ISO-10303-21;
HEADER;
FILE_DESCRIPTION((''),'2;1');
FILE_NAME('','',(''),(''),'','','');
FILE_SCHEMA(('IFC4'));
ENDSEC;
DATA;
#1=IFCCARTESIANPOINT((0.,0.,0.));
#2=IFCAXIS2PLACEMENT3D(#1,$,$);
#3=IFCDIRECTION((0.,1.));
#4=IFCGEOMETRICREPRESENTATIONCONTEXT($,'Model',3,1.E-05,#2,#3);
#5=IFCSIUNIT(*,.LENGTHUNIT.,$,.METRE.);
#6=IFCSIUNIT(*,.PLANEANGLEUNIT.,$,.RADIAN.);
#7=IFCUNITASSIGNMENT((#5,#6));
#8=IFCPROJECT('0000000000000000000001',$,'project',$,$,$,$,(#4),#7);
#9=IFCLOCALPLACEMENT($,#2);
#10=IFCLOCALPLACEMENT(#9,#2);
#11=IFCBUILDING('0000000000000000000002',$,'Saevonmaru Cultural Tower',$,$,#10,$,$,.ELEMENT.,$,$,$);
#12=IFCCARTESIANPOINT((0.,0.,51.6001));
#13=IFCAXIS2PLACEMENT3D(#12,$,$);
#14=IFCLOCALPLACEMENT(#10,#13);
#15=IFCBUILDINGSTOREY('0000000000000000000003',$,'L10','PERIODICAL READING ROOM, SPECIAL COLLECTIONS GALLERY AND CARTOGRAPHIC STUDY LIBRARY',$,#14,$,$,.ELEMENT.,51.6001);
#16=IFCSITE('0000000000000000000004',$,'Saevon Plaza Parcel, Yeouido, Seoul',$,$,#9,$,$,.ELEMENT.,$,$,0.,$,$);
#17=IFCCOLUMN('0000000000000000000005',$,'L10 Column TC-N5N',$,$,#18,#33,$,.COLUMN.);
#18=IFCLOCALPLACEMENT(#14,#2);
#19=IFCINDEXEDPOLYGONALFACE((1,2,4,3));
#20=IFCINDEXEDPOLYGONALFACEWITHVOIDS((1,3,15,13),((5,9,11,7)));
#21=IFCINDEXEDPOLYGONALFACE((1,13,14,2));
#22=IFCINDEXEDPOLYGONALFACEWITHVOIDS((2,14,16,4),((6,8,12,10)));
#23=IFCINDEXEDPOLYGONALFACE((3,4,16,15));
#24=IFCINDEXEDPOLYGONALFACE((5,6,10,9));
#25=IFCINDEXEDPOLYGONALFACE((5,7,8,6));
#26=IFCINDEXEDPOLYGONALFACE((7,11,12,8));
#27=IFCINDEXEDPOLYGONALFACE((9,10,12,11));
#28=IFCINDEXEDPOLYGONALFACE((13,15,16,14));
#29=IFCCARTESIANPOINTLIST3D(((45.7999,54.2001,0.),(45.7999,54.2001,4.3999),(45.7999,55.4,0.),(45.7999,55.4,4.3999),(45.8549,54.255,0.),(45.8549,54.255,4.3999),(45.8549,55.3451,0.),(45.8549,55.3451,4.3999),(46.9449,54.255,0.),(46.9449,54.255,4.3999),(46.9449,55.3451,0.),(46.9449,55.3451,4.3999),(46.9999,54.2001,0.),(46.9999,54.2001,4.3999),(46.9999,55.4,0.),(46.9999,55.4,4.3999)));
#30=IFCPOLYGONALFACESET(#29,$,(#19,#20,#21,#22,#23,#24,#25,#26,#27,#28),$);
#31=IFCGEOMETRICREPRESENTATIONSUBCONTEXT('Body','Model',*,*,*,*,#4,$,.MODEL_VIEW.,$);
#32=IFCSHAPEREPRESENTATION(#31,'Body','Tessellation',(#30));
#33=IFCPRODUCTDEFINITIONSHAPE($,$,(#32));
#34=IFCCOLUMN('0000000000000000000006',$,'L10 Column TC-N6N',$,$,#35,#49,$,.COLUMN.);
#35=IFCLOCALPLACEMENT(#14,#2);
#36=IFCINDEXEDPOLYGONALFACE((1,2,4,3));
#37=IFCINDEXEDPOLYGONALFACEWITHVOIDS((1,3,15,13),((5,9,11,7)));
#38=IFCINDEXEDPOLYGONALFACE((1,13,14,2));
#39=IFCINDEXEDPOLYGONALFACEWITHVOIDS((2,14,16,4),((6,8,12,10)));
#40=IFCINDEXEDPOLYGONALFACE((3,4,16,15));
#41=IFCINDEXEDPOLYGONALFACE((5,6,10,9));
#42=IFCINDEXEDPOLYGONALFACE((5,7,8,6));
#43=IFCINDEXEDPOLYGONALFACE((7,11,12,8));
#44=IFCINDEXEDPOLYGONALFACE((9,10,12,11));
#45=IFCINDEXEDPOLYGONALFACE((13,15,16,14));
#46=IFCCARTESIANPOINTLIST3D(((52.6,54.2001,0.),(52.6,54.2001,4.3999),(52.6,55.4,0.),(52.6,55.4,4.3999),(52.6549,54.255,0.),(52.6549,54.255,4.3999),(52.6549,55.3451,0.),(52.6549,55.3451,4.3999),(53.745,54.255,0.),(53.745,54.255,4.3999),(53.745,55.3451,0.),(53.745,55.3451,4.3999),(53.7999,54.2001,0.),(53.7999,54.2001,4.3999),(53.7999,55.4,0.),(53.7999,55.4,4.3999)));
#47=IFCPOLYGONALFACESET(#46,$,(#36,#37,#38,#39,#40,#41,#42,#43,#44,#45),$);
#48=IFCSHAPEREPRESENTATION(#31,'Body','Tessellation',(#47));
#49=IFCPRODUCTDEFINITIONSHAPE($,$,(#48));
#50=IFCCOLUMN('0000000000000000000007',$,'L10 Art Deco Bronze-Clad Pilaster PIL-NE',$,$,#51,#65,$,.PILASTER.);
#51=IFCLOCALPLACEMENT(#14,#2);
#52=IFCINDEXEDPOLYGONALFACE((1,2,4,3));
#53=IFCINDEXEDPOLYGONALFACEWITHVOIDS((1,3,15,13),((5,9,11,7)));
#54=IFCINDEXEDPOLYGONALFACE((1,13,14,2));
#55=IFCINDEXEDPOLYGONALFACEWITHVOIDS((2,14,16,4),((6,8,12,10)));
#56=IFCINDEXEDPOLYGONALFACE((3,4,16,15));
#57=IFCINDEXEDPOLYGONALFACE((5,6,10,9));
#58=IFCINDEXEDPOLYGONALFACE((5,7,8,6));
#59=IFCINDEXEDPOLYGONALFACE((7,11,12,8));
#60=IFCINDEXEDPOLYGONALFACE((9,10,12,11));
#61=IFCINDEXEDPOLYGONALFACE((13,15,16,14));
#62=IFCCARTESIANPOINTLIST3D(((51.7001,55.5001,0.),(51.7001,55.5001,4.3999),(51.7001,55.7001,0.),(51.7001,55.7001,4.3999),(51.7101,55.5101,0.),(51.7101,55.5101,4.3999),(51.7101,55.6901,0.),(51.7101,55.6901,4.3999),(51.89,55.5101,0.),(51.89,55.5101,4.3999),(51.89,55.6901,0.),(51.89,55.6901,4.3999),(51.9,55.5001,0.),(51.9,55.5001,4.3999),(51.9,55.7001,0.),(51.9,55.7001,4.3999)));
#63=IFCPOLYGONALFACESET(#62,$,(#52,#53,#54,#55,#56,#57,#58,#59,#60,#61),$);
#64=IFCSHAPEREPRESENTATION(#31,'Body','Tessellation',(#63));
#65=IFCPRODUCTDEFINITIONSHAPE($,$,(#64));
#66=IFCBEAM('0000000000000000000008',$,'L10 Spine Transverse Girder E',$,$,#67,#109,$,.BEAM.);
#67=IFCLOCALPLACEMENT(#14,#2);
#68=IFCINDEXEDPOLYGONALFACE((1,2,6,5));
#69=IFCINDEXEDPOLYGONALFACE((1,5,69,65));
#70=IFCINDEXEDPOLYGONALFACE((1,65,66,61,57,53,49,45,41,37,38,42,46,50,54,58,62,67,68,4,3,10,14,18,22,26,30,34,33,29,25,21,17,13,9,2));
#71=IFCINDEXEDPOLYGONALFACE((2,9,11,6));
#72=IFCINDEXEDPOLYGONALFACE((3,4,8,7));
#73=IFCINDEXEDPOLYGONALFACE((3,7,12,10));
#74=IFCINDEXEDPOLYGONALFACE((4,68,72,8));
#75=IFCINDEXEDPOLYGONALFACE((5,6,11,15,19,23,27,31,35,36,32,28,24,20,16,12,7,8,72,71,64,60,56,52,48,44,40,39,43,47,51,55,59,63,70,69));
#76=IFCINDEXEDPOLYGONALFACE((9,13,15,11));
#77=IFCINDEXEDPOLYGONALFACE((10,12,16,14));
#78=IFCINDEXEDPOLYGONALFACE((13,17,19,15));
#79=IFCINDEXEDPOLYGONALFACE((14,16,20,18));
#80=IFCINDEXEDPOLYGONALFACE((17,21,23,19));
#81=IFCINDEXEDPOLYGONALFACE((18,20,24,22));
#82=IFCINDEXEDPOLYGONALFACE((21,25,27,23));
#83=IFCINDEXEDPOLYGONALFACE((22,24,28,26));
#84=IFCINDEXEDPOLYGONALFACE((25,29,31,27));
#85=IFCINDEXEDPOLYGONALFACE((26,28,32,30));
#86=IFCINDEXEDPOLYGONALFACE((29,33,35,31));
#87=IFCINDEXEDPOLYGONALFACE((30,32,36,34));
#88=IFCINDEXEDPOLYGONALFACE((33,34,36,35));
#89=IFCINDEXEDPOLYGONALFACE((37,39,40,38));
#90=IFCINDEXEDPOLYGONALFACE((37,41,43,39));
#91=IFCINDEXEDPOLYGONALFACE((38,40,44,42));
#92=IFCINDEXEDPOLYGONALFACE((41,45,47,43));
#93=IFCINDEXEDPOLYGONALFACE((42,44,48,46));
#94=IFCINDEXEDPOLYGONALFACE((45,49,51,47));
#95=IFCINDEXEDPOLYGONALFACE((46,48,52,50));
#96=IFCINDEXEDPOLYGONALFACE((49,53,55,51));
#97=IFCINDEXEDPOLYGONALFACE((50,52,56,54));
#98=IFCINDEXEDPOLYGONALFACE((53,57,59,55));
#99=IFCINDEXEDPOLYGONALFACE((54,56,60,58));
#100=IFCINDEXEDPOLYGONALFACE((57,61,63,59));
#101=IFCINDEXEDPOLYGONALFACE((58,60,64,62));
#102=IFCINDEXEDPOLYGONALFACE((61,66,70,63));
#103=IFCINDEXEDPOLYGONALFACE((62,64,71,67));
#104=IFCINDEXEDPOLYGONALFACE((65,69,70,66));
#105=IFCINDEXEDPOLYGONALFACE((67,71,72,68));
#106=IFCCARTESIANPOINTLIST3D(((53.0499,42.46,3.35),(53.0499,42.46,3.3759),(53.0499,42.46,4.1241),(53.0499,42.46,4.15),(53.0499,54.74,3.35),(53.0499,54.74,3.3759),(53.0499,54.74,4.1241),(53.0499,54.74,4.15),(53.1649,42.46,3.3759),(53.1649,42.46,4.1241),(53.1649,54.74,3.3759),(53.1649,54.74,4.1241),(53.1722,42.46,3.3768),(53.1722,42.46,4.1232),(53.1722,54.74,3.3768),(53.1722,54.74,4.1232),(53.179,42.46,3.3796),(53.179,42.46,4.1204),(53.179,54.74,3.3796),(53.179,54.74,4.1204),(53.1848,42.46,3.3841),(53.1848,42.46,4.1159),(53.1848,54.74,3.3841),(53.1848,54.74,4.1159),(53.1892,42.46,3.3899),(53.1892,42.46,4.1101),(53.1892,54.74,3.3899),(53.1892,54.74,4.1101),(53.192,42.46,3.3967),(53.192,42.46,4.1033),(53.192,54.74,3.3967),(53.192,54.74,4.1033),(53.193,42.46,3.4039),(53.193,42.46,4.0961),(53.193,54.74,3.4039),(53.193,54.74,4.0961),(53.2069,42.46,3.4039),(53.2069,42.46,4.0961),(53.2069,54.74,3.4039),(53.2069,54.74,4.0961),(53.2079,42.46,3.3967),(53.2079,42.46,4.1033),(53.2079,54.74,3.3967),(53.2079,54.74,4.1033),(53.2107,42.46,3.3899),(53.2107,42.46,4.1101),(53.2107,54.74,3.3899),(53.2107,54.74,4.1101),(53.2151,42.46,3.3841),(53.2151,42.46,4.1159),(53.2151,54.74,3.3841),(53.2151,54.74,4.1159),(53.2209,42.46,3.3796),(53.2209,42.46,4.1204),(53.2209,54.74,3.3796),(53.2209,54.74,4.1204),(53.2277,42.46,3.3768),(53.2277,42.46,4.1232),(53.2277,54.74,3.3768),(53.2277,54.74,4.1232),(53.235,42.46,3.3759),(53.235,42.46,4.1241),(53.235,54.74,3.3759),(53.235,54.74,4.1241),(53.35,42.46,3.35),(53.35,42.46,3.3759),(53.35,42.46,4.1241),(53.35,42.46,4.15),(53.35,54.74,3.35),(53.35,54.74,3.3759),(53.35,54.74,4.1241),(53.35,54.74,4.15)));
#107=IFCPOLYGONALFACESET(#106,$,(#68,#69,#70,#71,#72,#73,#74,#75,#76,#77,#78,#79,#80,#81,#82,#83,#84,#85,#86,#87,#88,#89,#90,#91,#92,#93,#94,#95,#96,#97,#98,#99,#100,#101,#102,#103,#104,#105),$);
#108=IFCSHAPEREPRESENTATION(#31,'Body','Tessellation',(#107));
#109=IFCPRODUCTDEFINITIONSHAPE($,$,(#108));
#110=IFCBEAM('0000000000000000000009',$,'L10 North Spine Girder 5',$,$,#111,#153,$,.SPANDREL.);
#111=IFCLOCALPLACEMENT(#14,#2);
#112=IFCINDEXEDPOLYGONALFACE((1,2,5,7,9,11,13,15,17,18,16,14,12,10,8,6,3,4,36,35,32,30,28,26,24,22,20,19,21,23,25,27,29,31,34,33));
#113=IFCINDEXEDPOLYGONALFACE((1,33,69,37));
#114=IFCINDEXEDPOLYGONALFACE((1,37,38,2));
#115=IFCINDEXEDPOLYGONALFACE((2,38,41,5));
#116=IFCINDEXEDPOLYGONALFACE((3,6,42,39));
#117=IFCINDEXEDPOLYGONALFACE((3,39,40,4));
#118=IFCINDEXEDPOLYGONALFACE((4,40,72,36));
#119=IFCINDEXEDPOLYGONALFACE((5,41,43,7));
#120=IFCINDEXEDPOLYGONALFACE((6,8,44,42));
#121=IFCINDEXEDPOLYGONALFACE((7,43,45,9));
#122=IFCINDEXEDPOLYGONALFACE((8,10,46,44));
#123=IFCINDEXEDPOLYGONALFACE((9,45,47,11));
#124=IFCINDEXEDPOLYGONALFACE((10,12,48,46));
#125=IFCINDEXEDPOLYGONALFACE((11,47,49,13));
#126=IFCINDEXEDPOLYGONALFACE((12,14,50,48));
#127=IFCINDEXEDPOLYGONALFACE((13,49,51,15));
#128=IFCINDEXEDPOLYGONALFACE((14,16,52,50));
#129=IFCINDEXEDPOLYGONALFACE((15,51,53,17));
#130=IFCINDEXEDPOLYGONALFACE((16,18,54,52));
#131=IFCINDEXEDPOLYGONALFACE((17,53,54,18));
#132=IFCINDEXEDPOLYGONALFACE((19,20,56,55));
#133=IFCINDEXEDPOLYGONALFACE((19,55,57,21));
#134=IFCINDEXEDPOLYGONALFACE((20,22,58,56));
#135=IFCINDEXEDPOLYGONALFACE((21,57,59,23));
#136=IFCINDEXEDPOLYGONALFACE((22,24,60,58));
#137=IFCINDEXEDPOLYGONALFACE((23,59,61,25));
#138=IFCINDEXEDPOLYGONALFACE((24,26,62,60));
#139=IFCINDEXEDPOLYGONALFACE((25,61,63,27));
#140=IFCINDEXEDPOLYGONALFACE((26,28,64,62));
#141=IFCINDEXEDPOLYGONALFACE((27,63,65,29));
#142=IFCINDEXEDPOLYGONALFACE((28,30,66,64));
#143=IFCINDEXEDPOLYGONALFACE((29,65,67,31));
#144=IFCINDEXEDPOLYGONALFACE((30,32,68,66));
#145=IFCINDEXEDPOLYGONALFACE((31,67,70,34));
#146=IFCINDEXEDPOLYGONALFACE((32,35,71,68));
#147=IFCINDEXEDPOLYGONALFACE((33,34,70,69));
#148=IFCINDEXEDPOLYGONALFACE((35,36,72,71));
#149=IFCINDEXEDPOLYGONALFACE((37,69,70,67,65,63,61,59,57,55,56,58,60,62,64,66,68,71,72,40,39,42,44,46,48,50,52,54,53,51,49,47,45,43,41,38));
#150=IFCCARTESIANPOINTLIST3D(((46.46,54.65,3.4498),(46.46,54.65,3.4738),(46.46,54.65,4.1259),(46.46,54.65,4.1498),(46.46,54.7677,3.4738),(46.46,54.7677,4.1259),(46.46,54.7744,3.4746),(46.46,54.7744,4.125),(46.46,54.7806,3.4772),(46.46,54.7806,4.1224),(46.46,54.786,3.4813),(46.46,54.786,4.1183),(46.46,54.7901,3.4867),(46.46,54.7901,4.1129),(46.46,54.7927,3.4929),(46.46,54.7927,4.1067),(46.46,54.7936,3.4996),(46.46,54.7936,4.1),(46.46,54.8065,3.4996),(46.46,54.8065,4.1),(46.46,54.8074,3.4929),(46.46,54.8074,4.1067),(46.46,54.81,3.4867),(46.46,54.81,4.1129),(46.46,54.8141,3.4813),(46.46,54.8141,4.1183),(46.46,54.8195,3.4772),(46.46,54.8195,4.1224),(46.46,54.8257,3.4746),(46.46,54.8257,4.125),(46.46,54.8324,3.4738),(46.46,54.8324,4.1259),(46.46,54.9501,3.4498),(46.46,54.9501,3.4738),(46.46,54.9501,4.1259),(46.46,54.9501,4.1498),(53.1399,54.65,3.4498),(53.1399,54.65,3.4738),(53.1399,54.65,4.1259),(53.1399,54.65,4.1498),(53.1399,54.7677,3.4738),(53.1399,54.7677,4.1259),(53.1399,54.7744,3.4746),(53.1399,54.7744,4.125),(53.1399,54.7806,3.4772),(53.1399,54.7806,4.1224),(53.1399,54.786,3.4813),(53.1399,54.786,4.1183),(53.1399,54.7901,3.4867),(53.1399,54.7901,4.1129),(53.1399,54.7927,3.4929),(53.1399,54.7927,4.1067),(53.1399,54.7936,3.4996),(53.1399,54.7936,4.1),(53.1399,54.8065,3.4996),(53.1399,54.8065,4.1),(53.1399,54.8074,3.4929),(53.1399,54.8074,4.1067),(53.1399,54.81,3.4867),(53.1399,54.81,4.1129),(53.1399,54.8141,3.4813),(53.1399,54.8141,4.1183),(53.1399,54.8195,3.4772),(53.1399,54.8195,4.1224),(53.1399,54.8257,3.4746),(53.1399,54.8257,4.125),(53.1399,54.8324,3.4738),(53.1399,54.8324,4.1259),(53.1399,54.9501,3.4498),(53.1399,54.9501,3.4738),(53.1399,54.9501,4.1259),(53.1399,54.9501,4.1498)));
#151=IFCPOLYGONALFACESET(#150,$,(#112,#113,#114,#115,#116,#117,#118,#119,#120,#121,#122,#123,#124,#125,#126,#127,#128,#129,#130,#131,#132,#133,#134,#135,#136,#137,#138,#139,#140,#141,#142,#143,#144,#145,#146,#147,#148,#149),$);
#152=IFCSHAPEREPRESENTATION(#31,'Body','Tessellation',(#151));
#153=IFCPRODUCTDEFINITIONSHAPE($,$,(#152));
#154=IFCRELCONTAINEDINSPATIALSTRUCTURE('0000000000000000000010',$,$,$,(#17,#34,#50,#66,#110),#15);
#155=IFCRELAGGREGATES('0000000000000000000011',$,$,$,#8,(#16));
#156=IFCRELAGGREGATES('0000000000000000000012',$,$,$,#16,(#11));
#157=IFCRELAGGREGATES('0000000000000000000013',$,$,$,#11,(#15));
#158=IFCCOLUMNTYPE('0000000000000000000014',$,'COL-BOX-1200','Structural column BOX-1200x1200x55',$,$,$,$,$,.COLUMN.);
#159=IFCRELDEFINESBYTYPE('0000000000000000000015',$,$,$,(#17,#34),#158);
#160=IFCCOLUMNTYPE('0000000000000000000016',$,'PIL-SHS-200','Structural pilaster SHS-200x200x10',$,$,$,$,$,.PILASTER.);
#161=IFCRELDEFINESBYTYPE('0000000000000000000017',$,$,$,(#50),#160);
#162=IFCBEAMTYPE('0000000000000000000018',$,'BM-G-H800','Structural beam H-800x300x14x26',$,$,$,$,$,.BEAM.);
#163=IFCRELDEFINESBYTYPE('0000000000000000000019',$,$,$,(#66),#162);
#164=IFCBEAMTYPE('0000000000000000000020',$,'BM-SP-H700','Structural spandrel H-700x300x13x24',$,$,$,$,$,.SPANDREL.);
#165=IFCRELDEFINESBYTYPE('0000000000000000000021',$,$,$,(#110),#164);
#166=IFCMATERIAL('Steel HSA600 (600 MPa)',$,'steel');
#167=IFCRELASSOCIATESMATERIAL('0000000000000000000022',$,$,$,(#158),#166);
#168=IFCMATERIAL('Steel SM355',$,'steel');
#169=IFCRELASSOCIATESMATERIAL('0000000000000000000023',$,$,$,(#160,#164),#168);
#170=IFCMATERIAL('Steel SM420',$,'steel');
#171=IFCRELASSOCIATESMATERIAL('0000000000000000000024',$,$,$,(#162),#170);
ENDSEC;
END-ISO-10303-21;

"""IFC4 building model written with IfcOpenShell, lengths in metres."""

from ifc_helpers import new_model, si_unit, direction, frame, origin, origin_2d, place, context, subcontext, project, spatial, hollow_rectangle, i_section, extrude, material, material_profile, profile_set, type_object, element, save


model = new_model("IFC4")

# Units and contexts
model_context = context("Model", 3, precision=1e-05, world=origin(), true_north=direction((0.0, 1.0)))
body_context = subcontext(model_context, "Body", "Model", "MODEL_VIEW")
ifc_project = project(units=[si_unit("LENGTHUNIT", "METRE"), si_unit("PLANEANGLEUNIT", "RADIAN")], contexts=[model_context])

# Site, building, storey
site_placement = place(None, origin())
site = spatial("IfcSite", under=ifc_project, at=site_placement, Name="Saevon Plaza Parcel, Yeouido, Seoul", CompositionType="ELEMENT", RefElevation=0.0)
building_placement = place(site_placement, origin())
building = spatial("IfcBuilding", under=site, at=building_placement, Name="Saevonmaru Cultural Tower", CompositionType="ELEMENT")
storey_placement = place(building_placement, frame((0.0, 0.0, 51.6001)))
storey = spatial("IfcBuildingStorey", under=building, at=storey_placement, Name="L10", Description="PERIODICAL READING ROOM, SPECIAL COLLECTIONS GALLERY AND CARTOGRAPHIC STUDY LIBRARY", CompositionType="ELEMENT", Elevation=51.6001)

# Columns
ifc_material_1 = material(Name="Steel HSA600 (600 MPa)", Category="steel")
ifc_material_profile_1 = material_profile(ifc_material_1, hollow_rectangle(XDim=1.2, YDim=1.2, WallThickness=0.0549, at=origin_2d()), Name="BOX-1200x1200x55")
ifc_profile_set_1 = profile_set([ifc_material_profile_1], Name="Steel HSA600 (600 MPa)")
column_type_1 = type_object("IfcColumnType", Name="COL-BOX-1200", Description="Structural column BOX-1200x1200x55", PredefinedType="COLUMN", material=ifc_profile_set_1)
for number, where, z_axis, x_axis, name in (
    (1, (46.3999, 54.8, 0.0), (0.0, 0.0, 1.0), (1.0, 0.0, 0.0), "L10 Column TC-N5N"),
    (2, (53.2, 54.8, 0.0), (0.0, 0.0, 1.0), (1.0, 0.0, 0.0), "L10 Column TC-N6N"),
):
    element("IfcColumn", number, at=place(storey_placement, frame(where, z_axis=z_axis, x_axis=x_axis)), inside=storey, type_object=column_type_1, Name=name, PredefinedType="COLUMN", context=body_context, shape_type="SweptSolid", body=[
        extrude(hollow_rectangle(XDim=1.2, YDim=1.2, WallThickness=0.0549, at=origin_2d()), origin(), (0.0, 0.0, 1.0), 4.3999),
    ])
ifc_material_2 = material(Name="Steel SM355", Category="steel")
ifc_material_profile_2 = material_profile(ifc_material_2, hollow_rectangle(XDim=0.2, YDim=0.2, WallThickness=0.01, at=origin_2d()), Name="SHS-200x200x10")
ifc_profile_set_2 = profile_set([ifc_material_profile_2], Name="Steel SM355")
column_type_2 = type_object("IfcColumnType", Name="PIL-SHS-200", Description="Structural pilaster SHS-200x200x10", PredefinedType="PILASTER", material=ifc_profile_set_2)
column_placement = place(storey_placement, frame((51.8, 55.6001, 0.0), z_axis=(0.0, 0.0, 1.0), x_axis=(1.0, 0.0, 0.0)))
element("IfcColumn", 3, at=column_placement, inside=storey, type_object=column_type_2, Name="L10 Art Deco Bronze-Clad Pilaster PIL-NE", PredefinedType="PILASTER", context=body_context, shape_type="SweptSolid", body=[
    extrude(hollow_rectangle(XDim=0.2, YDim=0.2, WallThickness=0.01, at=origin_2d()), origin(), (0.0, 0.0, 1.0), 4.3999),
])

# Beams
ifc_material_3 = material(Name="Steel SM420", Category="steel")
ifc_material_profile_3 = material_profile(ifc_material_3, i_section(OverallWidth=0.3, OverallDepth=0.8, WebThickness=0.0139, FlangeThickness=0.0259, FilletRadius=0.0281, at=origin_2d()), Name="H-800x300x14x26")
ifc_profile_set_3 = profile_set([ifc_material_profile_3], Name="Steel SM420")
beam_type_1 = type_object("IfcBeamType", Name="BM-G-H800", Description="Structural beam H-800x300x14x26", PredefinedType="BEAM", material=ifc_profile_set_3)
beam_1_placement = place(storey_placement, frame((53.2, 54.74, 3.75), z_axis=(0.0, -1.0, 0.0), x_axis=(1.0, 0.0, 0.0)))
element("IfcBeam", 4, at=beam_1_placement, inside=storey, type_object=beam_type_1, Name="L10 Spine Transverse Girder E", PredefinedType="BEAM", context=body_context, shape_type="SweptSolid", body=[
    extrude(i_section(OverallWidth=0.3, OverallDepth=0.8, WebThickness=0.0139, FlangeThickness=0.0259, FilletRadius=0.0281, at=origin_2d()), origin(), (0.0, 0.0, 1.0), 12.28),
])
ifc_material_profile_4 = material_profile(ifc_material_2, i_section(OverallWidth=0.3, OverallDepth=0.7, WebThickness=0.0129, FlangeThickness=0.0239, FilletRadius=0.0259, at=origin_2d()), Name="H-700x300x13x24")
ifc_profile_set_4 = profile_set([ifc_material_profile_4], Name="Steel SM355")
beam_type_2 = type_object("IfcBeamType", Name="BM-SP-H700", Description="Structural spandrel H-700x300x13x24", PredefinedType="SPANDREL", material=ifc_profile_set_4)
beam_2_placement = place(storey_placement, frame((46.46, 54.8, 3.7998), z_axis=(1.0, 0.0, 0.0), x_axis=(0.0, 1.0, 0.0)))
element("IfcBeam", 5, at=beam_2_placement, inside=storey, type_object=beam_type_2, Name="L10 North Spine Girder 5", PredefinedType="SPANDREL", context=body_context, shape_type="SweptSolid", body=[
    extrude(i_section(OverallWidth=0.3, OverallDepth=0.7, WebThickness=0.0129, FlangeThickness=0.0239, FilletRadius=0.0259, at=origin_2d()), origin(), (0.0, 0.0, 1.0), 6.6799),
])

save(model, "model.ifc")
